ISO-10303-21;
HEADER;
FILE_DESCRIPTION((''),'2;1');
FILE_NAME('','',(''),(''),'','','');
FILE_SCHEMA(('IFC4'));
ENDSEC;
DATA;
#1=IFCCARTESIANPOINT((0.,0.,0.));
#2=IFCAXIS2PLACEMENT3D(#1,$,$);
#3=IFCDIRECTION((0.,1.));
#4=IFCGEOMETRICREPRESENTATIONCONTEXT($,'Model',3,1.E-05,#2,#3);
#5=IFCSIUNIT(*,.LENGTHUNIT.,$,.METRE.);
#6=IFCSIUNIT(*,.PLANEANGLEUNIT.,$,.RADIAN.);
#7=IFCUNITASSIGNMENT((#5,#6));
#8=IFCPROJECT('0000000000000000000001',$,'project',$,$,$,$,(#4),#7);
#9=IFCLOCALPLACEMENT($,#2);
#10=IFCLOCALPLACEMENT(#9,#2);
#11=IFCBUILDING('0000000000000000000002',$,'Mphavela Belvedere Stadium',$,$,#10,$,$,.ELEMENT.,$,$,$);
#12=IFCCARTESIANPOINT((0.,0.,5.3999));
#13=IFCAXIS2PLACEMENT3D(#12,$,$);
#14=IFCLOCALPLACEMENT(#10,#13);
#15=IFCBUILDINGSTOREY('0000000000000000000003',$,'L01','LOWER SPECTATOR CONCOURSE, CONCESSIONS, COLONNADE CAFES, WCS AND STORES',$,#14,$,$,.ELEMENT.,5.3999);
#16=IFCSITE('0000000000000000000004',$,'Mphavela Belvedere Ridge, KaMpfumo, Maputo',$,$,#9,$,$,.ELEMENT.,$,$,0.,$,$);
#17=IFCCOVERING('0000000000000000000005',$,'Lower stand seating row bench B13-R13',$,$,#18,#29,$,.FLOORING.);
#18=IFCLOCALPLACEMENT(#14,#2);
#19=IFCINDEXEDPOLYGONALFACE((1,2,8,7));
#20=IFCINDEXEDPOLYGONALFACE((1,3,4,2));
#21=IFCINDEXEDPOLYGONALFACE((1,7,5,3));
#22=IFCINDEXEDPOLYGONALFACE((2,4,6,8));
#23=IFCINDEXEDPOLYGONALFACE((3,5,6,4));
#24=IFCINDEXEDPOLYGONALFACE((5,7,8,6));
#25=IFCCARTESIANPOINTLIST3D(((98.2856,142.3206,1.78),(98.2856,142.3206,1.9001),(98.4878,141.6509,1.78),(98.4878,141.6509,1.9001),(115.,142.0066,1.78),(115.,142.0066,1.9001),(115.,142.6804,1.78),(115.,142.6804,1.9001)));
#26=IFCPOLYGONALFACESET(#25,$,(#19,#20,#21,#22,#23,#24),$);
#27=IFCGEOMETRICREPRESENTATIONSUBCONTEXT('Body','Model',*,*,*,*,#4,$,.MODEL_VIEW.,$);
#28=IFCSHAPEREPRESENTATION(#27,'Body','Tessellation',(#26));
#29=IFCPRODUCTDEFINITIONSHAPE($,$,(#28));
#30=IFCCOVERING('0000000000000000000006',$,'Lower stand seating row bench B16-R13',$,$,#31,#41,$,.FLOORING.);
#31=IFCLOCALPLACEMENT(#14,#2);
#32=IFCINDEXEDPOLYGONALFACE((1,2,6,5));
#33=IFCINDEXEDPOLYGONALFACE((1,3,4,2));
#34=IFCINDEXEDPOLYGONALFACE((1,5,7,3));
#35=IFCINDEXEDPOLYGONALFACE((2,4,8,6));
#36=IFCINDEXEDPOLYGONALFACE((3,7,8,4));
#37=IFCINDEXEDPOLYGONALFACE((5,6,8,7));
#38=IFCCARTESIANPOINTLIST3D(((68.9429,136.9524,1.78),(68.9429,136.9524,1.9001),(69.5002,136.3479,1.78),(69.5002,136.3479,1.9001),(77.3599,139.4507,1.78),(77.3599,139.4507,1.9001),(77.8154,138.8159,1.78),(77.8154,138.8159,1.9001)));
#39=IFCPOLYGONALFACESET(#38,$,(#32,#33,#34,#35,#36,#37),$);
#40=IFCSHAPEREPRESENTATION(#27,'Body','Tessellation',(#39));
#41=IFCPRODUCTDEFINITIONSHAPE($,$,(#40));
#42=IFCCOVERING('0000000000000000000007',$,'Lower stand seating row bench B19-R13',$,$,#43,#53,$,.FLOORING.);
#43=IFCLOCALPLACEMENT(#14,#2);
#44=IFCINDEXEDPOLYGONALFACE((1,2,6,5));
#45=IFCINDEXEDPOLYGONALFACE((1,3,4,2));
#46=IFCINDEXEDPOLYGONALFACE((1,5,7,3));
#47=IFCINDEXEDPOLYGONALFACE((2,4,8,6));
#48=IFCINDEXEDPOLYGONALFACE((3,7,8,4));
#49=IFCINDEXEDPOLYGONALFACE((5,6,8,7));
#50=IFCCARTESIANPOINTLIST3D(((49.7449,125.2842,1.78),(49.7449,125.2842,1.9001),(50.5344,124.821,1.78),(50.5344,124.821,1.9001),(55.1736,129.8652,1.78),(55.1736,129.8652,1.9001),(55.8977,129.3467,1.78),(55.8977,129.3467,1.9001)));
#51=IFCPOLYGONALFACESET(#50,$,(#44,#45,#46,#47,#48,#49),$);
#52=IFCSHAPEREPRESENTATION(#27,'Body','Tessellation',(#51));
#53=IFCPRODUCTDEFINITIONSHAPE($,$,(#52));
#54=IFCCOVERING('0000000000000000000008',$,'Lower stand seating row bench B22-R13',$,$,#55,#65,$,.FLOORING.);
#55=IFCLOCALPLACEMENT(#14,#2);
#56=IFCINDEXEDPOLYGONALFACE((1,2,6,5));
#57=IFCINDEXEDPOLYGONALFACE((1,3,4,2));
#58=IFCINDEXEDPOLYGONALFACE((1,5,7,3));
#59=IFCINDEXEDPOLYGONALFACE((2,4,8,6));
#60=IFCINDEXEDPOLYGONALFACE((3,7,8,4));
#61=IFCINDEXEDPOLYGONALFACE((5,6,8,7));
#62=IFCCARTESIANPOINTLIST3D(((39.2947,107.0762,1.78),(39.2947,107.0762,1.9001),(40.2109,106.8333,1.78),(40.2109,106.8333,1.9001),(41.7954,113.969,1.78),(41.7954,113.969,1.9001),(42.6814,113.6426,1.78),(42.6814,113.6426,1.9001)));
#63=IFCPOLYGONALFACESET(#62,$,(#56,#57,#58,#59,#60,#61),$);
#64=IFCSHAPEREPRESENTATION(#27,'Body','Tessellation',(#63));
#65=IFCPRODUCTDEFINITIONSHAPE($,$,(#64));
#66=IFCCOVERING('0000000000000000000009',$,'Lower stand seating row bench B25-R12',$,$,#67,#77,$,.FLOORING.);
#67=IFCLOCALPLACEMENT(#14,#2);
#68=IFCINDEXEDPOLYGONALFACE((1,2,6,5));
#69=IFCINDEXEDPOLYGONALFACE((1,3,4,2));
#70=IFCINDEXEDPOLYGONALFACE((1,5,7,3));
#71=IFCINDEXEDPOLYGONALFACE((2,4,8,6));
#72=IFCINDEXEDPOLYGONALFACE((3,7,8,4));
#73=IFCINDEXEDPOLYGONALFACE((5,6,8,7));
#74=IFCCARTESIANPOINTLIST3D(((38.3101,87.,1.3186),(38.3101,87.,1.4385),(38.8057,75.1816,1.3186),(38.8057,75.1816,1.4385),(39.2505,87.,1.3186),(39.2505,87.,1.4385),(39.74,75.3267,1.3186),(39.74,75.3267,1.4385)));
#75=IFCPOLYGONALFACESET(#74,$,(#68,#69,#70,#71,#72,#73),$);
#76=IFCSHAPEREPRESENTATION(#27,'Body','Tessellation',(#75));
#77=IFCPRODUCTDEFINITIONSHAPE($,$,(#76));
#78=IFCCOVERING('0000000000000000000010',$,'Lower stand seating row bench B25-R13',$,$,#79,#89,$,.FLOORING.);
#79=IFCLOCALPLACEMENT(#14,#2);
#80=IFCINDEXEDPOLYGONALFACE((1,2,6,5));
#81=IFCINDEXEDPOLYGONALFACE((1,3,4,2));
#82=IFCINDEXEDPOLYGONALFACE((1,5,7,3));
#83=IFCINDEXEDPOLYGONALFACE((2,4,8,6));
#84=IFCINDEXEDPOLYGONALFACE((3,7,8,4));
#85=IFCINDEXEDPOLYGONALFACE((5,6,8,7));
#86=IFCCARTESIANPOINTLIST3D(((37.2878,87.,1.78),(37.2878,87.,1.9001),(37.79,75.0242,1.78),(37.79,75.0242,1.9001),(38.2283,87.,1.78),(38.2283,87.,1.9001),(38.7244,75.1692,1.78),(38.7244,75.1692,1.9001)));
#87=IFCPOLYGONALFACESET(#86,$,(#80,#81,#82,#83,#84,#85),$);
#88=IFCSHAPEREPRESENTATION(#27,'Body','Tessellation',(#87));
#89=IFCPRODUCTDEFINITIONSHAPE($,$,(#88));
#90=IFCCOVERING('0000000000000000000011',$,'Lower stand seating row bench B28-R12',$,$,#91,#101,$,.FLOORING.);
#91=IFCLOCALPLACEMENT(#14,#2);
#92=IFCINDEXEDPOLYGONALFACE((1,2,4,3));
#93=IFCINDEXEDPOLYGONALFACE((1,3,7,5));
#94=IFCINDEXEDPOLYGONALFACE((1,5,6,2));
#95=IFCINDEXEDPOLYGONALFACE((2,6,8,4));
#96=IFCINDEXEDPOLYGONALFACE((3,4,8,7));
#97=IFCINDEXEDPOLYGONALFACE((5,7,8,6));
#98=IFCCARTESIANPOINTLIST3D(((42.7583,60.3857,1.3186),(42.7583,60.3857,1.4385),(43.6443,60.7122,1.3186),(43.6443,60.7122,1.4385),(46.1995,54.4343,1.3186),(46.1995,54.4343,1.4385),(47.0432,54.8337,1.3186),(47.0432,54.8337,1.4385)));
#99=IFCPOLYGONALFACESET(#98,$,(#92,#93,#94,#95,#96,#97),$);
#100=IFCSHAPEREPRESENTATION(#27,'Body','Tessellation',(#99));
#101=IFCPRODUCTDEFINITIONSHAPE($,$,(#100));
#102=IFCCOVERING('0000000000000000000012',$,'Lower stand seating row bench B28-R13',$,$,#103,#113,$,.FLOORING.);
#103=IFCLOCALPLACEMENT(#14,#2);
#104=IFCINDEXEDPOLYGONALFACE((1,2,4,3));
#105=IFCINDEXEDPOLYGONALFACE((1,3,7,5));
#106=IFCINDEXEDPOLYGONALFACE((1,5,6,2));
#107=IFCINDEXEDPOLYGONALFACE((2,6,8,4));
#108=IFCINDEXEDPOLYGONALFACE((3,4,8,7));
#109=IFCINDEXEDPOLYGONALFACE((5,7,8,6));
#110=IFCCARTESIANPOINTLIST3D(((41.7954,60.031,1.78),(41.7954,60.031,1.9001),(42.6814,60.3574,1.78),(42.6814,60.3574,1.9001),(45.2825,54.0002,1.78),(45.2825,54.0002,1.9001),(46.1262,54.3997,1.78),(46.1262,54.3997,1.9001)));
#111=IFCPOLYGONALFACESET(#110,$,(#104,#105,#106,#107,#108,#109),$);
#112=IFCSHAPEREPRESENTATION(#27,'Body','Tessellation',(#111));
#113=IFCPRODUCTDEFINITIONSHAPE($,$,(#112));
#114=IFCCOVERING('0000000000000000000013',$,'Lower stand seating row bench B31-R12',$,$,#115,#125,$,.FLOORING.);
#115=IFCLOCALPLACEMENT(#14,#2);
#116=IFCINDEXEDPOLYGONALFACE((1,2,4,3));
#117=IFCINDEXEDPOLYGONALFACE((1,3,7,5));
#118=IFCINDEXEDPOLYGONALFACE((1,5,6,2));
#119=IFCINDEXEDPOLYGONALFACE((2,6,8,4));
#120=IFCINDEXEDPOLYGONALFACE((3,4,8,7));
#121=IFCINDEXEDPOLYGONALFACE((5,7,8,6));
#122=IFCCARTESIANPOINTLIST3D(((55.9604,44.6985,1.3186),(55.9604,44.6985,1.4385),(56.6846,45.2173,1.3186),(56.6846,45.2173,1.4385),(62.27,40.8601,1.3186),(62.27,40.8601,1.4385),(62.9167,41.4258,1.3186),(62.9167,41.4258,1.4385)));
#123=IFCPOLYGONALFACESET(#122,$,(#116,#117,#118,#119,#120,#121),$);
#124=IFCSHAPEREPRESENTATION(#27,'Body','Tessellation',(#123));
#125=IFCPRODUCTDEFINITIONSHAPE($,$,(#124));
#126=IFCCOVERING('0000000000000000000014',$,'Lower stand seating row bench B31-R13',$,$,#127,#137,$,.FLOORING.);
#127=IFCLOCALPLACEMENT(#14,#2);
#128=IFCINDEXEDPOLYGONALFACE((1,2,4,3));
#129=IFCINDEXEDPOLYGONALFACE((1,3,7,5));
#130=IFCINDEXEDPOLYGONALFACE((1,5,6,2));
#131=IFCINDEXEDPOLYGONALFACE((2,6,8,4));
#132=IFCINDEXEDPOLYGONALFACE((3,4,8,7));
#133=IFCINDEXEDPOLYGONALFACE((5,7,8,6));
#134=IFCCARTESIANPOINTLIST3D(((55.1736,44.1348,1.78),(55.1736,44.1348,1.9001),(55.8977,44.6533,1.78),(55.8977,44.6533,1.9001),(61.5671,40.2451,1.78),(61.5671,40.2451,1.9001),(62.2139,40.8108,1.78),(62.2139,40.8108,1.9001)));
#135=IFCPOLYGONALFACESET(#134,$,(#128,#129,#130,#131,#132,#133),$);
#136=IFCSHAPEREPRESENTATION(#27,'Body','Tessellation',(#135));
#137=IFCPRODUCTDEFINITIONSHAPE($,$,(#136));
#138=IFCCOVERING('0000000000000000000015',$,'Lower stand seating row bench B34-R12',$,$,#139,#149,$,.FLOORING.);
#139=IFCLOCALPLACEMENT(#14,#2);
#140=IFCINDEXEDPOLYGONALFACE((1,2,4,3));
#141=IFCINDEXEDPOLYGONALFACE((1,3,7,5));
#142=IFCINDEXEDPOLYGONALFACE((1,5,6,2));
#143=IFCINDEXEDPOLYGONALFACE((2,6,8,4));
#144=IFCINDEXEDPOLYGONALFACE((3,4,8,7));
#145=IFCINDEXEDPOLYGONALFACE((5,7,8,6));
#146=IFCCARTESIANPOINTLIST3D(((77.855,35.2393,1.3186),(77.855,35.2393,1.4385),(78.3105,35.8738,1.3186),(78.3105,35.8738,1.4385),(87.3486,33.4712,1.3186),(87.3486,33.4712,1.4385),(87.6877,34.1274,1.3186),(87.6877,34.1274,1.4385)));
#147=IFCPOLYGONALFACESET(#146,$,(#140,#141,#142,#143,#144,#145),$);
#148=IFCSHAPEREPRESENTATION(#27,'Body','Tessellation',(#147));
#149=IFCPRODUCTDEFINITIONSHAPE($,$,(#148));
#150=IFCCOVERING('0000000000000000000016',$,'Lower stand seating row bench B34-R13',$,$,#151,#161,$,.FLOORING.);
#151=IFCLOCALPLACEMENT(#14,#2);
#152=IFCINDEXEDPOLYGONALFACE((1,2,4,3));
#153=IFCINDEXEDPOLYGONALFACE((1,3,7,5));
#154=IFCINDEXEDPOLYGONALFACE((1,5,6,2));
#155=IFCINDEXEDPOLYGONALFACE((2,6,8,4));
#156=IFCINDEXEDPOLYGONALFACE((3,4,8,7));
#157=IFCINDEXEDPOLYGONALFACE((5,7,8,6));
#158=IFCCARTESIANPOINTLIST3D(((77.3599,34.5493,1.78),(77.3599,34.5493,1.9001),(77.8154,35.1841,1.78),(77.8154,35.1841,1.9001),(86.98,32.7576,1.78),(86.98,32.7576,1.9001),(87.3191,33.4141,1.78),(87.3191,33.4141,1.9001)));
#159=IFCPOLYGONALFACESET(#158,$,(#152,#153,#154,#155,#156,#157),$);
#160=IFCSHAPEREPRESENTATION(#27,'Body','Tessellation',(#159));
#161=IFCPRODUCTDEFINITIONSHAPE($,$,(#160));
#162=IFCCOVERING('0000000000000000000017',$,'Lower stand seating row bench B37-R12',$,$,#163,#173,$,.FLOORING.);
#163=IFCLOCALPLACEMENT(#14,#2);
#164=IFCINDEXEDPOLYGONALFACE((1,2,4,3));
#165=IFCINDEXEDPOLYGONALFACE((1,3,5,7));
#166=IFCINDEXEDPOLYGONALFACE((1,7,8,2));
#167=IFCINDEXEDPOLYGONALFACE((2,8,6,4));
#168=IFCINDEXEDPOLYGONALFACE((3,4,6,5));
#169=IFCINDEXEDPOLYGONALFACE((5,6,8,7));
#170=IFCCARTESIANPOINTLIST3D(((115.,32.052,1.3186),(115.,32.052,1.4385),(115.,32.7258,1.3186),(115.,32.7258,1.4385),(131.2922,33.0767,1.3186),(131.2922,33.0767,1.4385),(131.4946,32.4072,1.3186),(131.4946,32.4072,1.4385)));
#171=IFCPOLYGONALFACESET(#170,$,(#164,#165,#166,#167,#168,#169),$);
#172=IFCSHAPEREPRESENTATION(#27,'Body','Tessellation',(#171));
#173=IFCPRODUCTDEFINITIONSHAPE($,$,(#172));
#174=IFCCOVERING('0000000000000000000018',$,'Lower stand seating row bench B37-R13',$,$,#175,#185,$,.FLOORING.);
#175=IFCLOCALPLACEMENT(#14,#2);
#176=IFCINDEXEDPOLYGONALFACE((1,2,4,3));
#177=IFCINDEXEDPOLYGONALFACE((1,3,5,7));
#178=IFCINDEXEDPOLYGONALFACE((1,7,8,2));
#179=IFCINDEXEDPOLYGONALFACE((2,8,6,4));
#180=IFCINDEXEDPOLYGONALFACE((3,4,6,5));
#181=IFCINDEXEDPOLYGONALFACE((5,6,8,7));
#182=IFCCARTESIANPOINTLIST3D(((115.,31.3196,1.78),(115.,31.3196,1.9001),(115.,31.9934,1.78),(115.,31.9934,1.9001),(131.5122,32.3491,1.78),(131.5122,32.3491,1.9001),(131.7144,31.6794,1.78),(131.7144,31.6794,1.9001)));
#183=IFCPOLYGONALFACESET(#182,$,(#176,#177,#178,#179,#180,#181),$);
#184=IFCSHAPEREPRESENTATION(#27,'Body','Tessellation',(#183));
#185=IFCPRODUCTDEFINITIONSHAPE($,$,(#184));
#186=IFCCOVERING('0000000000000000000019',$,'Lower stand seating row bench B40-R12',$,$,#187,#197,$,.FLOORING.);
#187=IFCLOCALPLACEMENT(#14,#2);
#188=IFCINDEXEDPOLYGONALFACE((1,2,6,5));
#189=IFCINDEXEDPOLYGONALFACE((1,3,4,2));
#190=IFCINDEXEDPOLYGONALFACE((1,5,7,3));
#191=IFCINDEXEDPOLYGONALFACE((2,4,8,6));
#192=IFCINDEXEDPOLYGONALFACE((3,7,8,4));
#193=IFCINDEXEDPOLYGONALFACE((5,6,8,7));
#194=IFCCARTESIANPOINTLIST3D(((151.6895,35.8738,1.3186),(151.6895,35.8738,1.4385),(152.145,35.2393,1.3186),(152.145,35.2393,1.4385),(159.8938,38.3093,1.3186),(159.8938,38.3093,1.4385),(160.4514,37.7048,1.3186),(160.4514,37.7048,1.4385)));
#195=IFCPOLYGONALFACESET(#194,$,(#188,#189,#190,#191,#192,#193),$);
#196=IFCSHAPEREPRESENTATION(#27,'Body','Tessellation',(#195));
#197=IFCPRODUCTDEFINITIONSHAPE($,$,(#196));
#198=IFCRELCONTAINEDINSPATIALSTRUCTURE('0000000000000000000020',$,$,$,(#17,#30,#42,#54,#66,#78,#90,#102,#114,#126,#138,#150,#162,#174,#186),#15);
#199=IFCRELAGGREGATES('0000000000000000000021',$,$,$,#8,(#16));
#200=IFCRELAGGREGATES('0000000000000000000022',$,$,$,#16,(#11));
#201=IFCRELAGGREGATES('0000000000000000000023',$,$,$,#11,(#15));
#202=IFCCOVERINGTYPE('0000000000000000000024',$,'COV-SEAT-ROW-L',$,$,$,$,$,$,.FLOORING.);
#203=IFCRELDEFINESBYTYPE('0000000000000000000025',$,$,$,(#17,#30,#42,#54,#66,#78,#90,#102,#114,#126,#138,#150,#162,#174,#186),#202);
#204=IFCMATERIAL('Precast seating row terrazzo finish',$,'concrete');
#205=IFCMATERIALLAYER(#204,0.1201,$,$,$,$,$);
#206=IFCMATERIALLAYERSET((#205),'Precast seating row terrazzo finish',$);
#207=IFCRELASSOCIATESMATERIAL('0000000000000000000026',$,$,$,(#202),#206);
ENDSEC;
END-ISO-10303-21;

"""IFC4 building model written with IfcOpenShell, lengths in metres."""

from ifc_helpers import new_model, si_unit, direction, frame, origin, place, context, subcontext, project, spatial, polyline, outline, extrude, material, layer, layer_set, type_object, element, save


model = new_model("IFC4")

# Units and contexts
model_context = context("Model", 3, precision=1e-05, world=origin(), true_north=direction((0.0, 1.0)))
body_context = subcontext(model_context, "Body", "Model", "MODEL_VIEW")
ifc_project = project(units=[si_unit("LENGTHUNIT", "METRE"), si_unit("PLANEANGLEUNIT", "RADIAN")], contexts=[model_context])

# Site, building, storey
site_placement = place(None, origin())
site = spatial("IfcSite", under=ifc_project, at=site_placement, Name="Mphavela Belvedere Ridge, KaMpfumo, Maputo", CompositionType="ELEMENT", RefElevation=0.0)
building_placement = place(site_placement, origin())
building = spatial("IfcBuilding", under=site, at=building_placement, Name="Mphavela Belvedere Stadium", CompositionType="ELEMENT")
storey_placement = place(building_placement, frame((0.0, 0.0, 5.3999)))
storey = spatial("IfcBuildingStorey", under=building, at=storey_placement, Name="L01", Description="LOWER SPECTATOR CONCOURSE, CONCESSIONS, COLONNADE CAFES, WCS AND STORES", CompositionType="ELEMENT", Elevation=5.3999)

# Coverings
ifc_material_1 = material(Name="Precast seating row terrazzo finish", Category="concrete")
ifc_layer_1 = layer(ifc_material_1, 0.1201)
ifc_layer_set_1 = layer_set([ifc_layer_1], Name="Precast seating row terrazzo finish")
covering_type = type_object("IfcCoveringType", Name="COV-SEAT-ROW-L", PredefinedType="FLOORING", material=ifc_layer_set_1)
covering_1_placement = place(storey_placement, frame((0.0, 0.0, 1.78)))
element("IfcCovering", 1, at=covering_1_placement, inside=storey, type_object=covering_type, Name="Lower stand seating row bench B13-R13", PredefinedType="FLOORING", context=body_context, shape_type="SweptSolid", body=[
    extrude(outline(polyline([(115.0, 142.0066), (98.4878, 141.6509), (98.2856, 142.3206), (115.0, 142.6804), (115.0, 142.0066)])), origin(), (0.0, 0.0, 1.0), 0.1201),
])
covering_2_placement = place(storey_placement, frame((0.0, 0.0, 1.78)))
element("IfcCovering", 2, at=covering_2_placement, inside=storey, type_object=covering_type, Name="Lower stand seating row bench B16-R13", PredefinedType="FLOORING", context=body_context, shape_type="SweptSolid", body=[
    extrude(outline(polyline([(77.8154, 138.8159), (69.5002, 136.3479), (68.9429, 136.9524), (77.3599, 139.4507), (77.8154, 138.8159)])), origin(), (0.0, 0.0, 1.0), 0.1201),
])
covering_3_placement = place(storey_placement, frame((0.0, 0.0, 1.78)))
element("IfcCovering", 3, at=covering_3_placement, inside=storey, type_object=covering_type, Name="Lower stand seating row bench B19-R13", PredefinedType="FLOORING", context=body_context, shape_type="SweptSolid", body=[
    extrude(outline(polyline([(55.8977, 129.3467), (50.5344, 124.821), (49.7449, 125.2842), (55.1736, 129.8652), (55.8977, 129.3467)])), origin(), (0.0, 0.0, 1.0), 0.1201),
])
covering_4_placement = place(storey_placement, frame((0.0, 0.0, 1.78)))
element("IfcCovering", 4, at=covering_4_placement, inside=storey, type_object=covering_type, Name="Lower stand seating row bench B22-R13", PredefinedType="FLOORING", context=body_context, shape_type="SweptSolid", body=[
    extrude(outline(polyline([(42.6814, 113.6426), (40.2109, 106.8333), (39.2947, 107.0762), (41.7954, 113.969), (42.6814, 113.6426)])), origin(), (0.0, 0.0, 1.0), 0.1201),
])
covering_5_placement = place(storey_placement, frame((0.0, 0.0, 1.3186)))
element("IfcCovering", 5, at=covering_5_placement, inside=storey, type_object=covering_type, Name="Lower stand seating row bench B25-R12", PredefinedType="FLOORING", context=body_context, shape_type="SweptSolid", body=[
    extrude(outline(polyline([(39.2505, 87.0), (39.74, 75.3267), (38.8057, 75.1816), (38.3101, 87.0), (39.2505, 87.0)])), origin(), (0.0, 0.0, 1.0), 0.1199),
])
covering_6_placement = place(storey_placement, frame((0.0, 0.0, 1.78)))
element("IfcCovering", 6, at=covering_6_placement, inside=storey, type_object=covering_type, Name="Lower stand seating row bench B25-R13", PredefinedType="FLOORING", context=body_context, shape_type="SweptSolid", body=[
    extrude(outline(polyline([(38.2283, 87.0), (38.7244, 75.1692), (37.79, 75.0242), (37.2878, 87.0), (38.2283, 87.0)])), origin(), (0.0, 0.0, 1.0), 0.1201),
])
covering_7_placement = place(storey_placement, frame((0.0, 0.0, 1.3186)))
element("IfcCovering", 7, at=covering_7_placement, inside=storey, type_object=covering_type, Name="Lower stand seating row bench B28-R12", PredefinedType="FLOORING", context=body_context, shape_type="SweptSolid", body=[
    extrude(outline(polyline([(43.6443, 60.7122), (47.0432, 54.8337), (46.1995, 54.4343), (42.7583, 60.3857), (43.6443, 60.7122)])), origin(), (0.0, 0.0, 1.0), 0.1199),
])
covering_8_placement = place(storey_placement, frame((0.0, 0.0, 1.78)))
element("IfcCovering", 8, at=covering_8_placement, inside=storey, type_object=covering_type, Name="Lower stand seating row bench B28-R13", PredefinedType="FLOORING", context=body_context, shape_type="SweptSolid", body=[
    extrude(outline(polyline([(42.6814, 60.3574), (46.1262, 54.3997), (45.2825, 54.0002), (41.7954, 60.031), (42.6814, 60.3574)])), origin(), (0.0, 0.0, 1.0), 0.1201),
])
covering_9_placement = place(storey_placement, frame((0.0, 0.0, 1.3186)))
element("IfcCovering", 9, at=covering_9_placement, inside=storey, type_object=covering_type, Name="Lower stand seating row bench B31-R12", PredefinedType="FLOORING", context=body_context, shape_type="SweptSolid", body=[
    extrude(outline(polyline([(56.6846, 45.2173), (62.9167, 41.4258), (62.27, 40.8601), (55.9604, 44.6985), (56.6846, 45.2173)])), origin(), (0.0, 0.0, 1.0), 0.1199),
])
covering_10_placement = place(storey_placement, frame((0.0, 0.0, 1.78)))
element("IfcCovering", 10, at=covering_10_placement, inside=storey, type_object=covering_type, Name="Lower stand seating row bench B31-R13", PredefinedType="FLOORING", context=body_context, shape_type="SweptSolid", body=[
    extrude(outline(polyline([(55.8977, 44.6533), (62.2139, 40.8108), (61.5671, 40.2451), (55.1736, 44.1348), (55.8977, 44.6533)])), origin(), (0.0, 0.0, 1.0), 0.1201),
])
covering_11_placement = place(storey_placement, frame((0.0, 0.0, 1.3186)))
element("IfcCovering", 11, at=covering_11_placement, inside=storey, type_object=covering_type, Name="Lower stand seating row bench B34-R12", PredefinedType="FLOORING", context=body_context, shape_type="SweptSolid", body=[
    extrude(outline(polyline([(78.3105, 35.8738), (87.6877, 34.1274), (87.3486, 33.4712), (77.855, 35.2393), (78.3105, 35.8738)])), origin(), (0.0, 0.0, 1.0), 0.1199),
])
covering_12_placement = place(storey_placement, frame((0.0, 0.0, 1.78)))
element("IfcCovering", 12, at=covering_12_placement, inside=storey, type_object=covering_type, Name="Lower stand seating row bench B34-R13", PredefinedType="FLOORING", context=body_context, shape_type="SweptSolid", body=[
    extrude(outline(polyline([(77.8154, 35.1841), (87.3191, 33.4141), (86.98, 32.7576), (77.3599, 34.5493), (77.8154, 35.1841)])), origin(), (0.0, 0.0, 1.0), 0.1201),
])
covering_13_placement = place(storey_placement, frame((0.0, 0.0, 1.3186)))
element("IfcCovering", 13, at=covering_13_placement, inside=storey, type_object=covering_type, Name="Lower stand seating row bench B37-R12", PredefinedType="FLOORING", context=body_context, shape_type="SweptSolid", body=[
    extrude(outline(polyline([(115.0, 32.7258), (131.2922, 33.0767), (131.4946, 32.4072), (115.0, 32.052), (115.0, 32.7258)])), origin(), (0.0, 0.0, 1.0), 0.1199),
])
covering_14_placement = place(storey_placement, frame((0.0, 0.0, 1.78)))
element("IfcCovering", 14, at=covering_14_placement, inside=storey, type_object=covering_type, Name="Lower stand seating row bench B37-R13", PredefinedType="FLOORING", context=body_context, shape_type="SweptSolid", body=[
    extrude(outline(polyline([(115.0, 31.9934), (131.5122, 32.3491), (131.7144, 31.6794), (115.0, 31.3196), (115.0, 31.9934)])), origin(), (0.0, 0.0, 1.0), 0.1201),
])
covering_15_placement = place(storey_placement, frame((0.0, 0.0, 1.3186)))
element("IfcCovering", 15, at=covering_15_placement, inside=storey, type_object=covering_type, Name="Lower stand seating row bench B40-R12", PredefinedType="FLOORING", context=body_context, shape_type="SweptSolid", body=[
    extrude(outline(polyline([(151.6895, 35.8738), (159.8938, 38.3093), (160.4514, 37.7048), (152.145, 35.2393), (151.6895, 35.8738)])), origin(), (0.0, 0.0, 1.0), 0.1199),
])

save(model, "model.ifc")
